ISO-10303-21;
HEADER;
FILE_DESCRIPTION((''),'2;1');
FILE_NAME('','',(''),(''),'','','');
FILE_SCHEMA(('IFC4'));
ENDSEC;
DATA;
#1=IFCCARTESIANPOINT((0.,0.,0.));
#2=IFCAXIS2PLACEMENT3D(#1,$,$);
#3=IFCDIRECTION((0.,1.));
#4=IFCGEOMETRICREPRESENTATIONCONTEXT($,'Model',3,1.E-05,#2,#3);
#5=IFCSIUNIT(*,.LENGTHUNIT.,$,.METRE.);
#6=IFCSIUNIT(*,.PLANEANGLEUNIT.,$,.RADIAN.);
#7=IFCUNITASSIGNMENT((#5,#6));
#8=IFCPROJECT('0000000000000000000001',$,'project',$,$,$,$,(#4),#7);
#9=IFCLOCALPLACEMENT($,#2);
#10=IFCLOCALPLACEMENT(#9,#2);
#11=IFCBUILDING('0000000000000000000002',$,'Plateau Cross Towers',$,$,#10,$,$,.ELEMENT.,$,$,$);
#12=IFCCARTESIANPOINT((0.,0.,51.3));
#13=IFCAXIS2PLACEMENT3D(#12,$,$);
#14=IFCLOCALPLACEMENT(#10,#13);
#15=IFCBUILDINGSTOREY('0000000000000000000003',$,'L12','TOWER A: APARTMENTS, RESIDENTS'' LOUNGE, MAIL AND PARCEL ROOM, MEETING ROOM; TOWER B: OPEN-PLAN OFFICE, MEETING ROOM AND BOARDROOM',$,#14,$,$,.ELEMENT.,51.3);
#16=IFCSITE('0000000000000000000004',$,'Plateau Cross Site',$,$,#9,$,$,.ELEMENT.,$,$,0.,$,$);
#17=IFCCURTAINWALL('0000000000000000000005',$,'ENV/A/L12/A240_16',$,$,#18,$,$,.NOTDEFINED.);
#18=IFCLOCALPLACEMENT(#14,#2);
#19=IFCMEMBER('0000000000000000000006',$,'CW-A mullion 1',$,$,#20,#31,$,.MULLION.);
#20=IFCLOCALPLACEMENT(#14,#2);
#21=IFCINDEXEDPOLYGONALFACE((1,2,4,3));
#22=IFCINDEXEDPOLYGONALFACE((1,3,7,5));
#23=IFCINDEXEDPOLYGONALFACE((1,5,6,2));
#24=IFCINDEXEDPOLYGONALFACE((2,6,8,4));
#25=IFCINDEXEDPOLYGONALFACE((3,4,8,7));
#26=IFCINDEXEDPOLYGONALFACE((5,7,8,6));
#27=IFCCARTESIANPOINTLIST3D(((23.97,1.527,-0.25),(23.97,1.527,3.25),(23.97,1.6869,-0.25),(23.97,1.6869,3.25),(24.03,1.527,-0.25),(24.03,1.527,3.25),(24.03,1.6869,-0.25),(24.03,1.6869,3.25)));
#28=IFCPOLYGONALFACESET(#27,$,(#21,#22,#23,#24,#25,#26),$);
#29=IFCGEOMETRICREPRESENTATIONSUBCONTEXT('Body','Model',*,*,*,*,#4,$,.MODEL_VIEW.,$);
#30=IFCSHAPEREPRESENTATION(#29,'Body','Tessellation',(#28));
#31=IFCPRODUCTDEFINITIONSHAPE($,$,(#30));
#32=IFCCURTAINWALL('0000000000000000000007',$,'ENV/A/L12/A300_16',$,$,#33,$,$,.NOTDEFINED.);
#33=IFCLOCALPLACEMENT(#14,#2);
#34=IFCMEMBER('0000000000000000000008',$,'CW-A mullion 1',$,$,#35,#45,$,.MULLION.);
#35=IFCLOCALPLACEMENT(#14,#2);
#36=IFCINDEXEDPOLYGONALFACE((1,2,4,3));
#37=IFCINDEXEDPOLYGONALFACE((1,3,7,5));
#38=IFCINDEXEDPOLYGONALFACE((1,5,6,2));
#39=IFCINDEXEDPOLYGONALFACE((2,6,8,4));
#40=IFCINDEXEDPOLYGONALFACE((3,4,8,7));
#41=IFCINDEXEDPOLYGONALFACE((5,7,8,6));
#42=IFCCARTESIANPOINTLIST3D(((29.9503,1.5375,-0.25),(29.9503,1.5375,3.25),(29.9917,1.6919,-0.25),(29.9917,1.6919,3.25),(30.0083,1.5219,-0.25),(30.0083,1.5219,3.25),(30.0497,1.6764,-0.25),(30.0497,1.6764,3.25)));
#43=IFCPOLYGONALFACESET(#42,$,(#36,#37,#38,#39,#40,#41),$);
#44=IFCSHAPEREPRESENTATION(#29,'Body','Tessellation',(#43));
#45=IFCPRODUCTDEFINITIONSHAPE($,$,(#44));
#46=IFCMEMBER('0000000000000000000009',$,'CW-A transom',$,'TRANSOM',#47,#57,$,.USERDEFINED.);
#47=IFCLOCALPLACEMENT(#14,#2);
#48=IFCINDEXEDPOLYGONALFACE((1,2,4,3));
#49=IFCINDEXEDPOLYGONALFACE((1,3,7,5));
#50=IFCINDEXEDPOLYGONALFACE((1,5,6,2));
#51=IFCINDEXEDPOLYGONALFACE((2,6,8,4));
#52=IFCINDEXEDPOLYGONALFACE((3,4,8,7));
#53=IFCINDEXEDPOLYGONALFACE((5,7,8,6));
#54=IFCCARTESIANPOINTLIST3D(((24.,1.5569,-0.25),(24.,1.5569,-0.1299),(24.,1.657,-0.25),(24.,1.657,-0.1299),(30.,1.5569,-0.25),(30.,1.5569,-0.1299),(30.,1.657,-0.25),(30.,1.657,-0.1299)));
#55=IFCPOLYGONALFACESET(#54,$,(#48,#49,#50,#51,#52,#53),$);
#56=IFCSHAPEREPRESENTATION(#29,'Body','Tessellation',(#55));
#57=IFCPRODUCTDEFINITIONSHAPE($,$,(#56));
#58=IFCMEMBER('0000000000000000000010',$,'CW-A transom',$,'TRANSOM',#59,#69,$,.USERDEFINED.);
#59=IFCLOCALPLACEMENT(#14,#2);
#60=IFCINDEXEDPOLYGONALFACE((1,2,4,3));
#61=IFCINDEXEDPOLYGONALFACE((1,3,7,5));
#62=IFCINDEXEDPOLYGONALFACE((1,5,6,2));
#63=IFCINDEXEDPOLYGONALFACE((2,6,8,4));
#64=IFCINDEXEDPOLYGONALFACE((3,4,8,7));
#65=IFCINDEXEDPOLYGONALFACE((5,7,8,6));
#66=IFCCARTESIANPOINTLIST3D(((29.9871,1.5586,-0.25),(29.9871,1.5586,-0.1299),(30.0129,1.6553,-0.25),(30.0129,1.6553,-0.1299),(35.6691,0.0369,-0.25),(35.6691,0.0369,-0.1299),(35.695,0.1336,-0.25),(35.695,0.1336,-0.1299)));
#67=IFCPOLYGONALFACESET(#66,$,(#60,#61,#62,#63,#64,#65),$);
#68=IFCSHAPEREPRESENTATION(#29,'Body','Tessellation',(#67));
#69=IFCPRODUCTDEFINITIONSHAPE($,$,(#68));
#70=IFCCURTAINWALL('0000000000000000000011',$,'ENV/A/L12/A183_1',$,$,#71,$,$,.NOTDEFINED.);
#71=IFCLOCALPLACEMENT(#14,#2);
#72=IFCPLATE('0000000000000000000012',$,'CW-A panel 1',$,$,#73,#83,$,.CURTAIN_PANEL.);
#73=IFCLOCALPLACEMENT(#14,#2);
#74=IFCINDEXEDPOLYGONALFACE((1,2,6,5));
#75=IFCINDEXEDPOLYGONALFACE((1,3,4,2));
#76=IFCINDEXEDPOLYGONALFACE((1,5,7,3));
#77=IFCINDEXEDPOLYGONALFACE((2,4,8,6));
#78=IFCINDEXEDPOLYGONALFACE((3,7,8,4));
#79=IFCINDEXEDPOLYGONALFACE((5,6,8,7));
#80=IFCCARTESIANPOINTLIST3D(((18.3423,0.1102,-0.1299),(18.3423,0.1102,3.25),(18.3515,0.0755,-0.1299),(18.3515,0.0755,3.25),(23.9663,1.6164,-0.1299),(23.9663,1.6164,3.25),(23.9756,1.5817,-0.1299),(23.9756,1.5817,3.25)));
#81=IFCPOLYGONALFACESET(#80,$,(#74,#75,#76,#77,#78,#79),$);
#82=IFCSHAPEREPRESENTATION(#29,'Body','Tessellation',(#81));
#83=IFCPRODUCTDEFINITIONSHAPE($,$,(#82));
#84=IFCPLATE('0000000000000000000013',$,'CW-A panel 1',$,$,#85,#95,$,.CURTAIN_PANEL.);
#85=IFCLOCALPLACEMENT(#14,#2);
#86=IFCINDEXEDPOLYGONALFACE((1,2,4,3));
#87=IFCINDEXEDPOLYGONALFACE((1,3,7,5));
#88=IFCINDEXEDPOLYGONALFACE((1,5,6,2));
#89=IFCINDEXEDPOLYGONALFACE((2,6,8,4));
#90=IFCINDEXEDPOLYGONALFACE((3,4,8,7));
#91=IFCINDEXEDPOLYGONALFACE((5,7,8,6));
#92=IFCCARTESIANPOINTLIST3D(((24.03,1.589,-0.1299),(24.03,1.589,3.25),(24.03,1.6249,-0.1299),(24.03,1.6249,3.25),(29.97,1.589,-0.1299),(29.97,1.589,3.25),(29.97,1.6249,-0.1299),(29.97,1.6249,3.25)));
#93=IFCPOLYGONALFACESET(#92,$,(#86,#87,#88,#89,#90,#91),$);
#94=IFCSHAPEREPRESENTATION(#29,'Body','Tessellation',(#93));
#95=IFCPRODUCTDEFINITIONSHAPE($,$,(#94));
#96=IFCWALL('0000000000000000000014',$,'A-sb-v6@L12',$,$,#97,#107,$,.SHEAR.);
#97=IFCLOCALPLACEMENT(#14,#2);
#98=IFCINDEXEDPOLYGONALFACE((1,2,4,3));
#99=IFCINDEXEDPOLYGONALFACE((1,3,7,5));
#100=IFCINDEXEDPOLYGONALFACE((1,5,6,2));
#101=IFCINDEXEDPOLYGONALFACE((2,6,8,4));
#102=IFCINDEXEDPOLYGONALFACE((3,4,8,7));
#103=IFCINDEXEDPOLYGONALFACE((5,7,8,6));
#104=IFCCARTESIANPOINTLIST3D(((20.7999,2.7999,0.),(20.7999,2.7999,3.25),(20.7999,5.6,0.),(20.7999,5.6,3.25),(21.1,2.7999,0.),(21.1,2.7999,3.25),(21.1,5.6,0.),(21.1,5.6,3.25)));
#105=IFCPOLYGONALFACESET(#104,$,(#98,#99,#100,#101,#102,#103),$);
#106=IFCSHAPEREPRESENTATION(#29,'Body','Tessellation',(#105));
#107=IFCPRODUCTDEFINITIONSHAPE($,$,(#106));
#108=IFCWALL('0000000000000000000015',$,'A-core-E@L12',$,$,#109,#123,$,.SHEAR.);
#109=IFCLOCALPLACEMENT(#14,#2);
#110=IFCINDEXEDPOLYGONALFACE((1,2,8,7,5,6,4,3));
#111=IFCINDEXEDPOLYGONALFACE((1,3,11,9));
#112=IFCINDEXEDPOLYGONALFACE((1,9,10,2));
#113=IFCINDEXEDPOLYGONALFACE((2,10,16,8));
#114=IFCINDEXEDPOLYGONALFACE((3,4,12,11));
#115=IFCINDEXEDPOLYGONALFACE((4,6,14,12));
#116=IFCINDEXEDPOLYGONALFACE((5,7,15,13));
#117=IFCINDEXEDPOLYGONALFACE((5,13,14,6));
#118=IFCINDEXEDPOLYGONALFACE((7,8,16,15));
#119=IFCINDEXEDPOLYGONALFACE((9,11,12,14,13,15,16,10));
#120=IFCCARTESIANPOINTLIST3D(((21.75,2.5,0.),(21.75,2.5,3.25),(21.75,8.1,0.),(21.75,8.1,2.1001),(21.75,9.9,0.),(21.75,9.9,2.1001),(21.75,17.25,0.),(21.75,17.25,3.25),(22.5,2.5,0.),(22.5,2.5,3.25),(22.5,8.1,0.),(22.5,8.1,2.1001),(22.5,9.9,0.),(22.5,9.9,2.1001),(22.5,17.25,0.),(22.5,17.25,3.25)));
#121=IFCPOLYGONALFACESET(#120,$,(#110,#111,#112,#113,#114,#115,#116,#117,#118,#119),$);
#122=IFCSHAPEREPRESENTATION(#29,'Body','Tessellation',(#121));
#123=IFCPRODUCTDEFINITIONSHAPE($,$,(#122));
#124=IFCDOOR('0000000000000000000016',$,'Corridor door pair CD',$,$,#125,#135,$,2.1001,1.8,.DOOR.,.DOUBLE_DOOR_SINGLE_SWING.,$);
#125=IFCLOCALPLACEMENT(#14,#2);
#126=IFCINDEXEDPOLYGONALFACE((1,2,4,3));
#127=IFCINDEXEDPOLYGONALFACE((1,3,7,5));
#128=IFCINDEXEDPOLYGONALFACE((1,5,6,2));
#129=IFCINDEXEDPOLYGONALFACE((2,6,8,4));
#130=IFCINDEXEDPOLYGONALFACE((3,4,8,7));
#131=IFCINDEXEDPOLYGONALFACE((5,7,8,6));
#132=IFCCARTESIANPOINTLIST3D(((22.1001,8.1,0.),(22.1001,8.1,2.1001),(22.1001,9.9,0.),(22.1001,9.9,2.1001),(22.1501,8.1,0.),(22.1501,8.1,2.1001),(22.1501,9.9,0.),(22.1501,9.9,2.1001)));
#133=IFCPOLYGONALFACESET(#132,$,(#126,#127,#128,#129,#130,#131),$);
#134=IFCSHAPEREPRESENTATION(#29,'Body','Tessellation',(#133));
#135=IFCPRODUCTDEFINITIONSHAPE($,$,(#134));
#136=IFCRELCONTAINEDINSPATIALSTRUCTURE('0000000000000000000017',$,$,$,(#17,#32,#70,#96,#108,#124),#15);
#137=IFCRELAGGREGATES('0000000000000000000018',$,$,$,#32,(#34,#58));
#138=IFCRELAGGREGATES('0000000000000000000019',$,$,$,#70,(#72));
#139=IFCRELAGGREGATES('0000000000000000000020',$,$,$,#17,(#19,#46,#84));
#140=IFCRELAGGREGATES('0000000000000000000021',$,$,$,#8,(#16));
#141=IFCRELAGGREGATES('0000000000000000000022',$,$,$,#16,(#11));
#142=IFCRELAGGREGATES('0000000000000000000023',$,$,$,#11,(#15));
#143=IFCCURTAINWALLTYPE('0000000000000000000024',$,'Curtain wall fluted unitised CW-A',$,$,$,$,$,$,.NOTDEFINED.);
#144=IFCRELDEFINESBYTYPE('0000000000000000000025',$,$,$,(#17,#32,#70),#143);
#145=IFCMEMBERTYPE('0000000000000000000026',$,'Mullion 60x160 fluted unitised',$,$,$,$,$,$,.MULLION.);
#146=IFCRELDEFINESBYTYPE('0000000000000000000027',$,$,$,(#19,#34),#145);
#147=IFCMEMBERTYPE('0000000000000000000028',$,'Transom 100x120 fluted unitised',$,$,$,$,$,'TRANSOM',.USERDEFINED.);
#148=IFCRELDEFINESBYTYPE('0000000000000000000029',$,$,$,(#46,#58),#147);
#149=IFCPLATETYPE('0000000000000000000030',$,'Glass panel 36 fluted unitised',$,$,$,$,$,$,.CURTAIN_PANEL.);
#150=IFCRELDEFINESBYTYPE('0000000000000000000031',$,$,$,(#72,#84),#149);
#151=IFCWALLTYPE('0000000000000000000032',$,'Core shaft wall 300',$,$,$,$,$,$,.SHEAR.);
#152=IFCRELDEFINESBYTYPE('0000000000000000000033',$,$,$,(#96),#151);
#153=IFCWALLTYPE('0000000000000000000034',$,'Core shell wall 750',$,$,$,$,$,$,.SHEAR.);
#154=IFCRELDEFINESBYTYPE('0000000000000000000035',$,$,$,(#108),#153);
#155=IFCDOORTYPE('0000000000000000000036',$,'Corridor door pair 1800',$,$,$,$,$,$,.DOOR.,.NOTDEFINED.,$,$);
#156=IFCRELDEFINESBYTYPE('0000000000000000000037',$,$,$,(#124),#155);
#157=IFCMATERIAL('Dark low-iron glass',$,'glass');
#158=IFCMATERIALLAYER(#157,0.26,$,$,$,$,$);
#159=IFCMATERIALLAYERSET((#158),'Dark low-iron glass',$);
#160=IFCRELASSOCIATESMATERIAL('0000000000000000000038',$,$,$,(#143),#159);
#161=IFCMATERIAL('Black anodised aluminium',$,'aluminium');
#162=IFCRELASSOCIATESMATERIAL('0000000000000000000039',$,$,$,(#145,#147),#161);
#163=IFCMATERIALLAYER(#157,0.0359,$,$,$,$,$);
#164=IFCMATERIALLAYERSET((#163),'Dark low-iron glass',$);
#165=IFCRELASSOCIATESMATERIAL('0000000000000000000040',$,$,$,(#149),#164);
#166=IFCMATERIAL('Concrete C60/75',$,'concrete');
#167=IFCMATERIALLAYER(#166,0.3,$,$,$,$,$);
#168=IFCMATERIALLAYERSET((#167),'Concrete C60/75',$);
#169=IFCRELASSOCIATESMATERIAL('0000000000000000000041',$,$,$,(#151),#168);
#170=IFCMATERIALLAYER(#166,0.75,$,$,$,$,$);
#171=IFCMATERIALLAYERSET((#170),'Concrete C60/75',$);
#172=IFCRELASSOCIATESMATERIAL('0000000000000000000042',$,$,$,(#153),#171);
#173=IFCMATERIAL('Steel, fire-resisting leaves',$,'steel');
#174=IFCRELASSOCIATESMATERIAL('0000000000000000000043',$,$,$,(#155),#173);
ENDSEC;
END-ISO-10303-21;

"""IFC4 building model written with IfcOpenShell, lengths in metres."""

from ifc_helpers import new_model, si_unit, direction, frame, frame_2d, origin, origin_2d, place, context, subcontext, project, spatial, rectangle, extrude, material, layer, layer_set, material_profile, profile_set, type_object, element, fill, aggregate, save


model = new_model("IFC4")

# Units and contexts
model_context = context("Model", 3, precision=1e-05, world=origin(), true_north=direction((0.0, 1.0)))
body_context = subcontext(model_context, "Body", "Model", "MODEL_VIEW")
ifc_project = project(units=[si_unit("LENGTHUNIT", "METRE"), si_unit("PLANEANGLEUNIT", "RADIAN")], contexts=[model_context])

# Site, building, storey
site_placement = place(None, origin())
site = spatial("IfcSite", under=ifc_project, at=site_placement, Name="Plateau Cross Site", CompositionType="ELEMENT", RefElevation=0.0)
building_placement = place(site_placement, origin())
building = spatial("IfcBuilding", under=site, at=building_placement, Name="Plateau Cross Towers", CompositionType="ELEMENT")
storey_placement = place(building_placement, frame((0.0, 0.0, 51.3)))
storey = spatial("IfcBuildingStorey", under=building, at=storey_placement, Name="L12", Description="TOWER A: APARTMENTS, RESIDENTS' LOUNGE, MAIL AND PARCEL ROOM, MEETING ROOM; TOWER B: OPEN-PLAN OFFICE, MEETING ROOM AND BOARDROOM", CompositionType="ELEMENT", Elevation=51.3)

# Curtain walls, members
ifc_material_1 = material(Name="Dark low-iron glass", Category="glass")
ifc_layer_1 = layer(ifc_material_1, 0.26)
ifc_layer_set_1 = layer_set([ifc_layer_1], Name="Dark low-iron glass")
curtain_wall_type = type_object("IfcCurtainWallType", Name="Curtain wall fluted unitised CW-A", PredefinedType="NOTDEFINED", material=ifc_layer_set_1)
curtain_wall_1_placement = place(storey_placement, origin())
curtain_wall_1 = element("IfcCurtainWall", 1, at=curtain_wall_1_placement, inside=storey, type_object=curtain_wall_type, Name="ENV/A/L12/A240_16", PredefinedType="NOTDEFINED")
ifc_material_2 = material(Name="Black anodised aluminium", Category="aluminium")
ifc_material_profile_1 = material_profile(ifc_material_2, rectangle(XDim=0.0601, YDim=0.1599, at=origin_2d()), Name="MULLION 60x160")
ifc_profile_set_1 = profile_set([ifc_material_profile_1], Name="Black anodised aluminium")
member_type_1 = type_object("IfcMemberType", Name="Mullion 60x160 fluted unitised", PredefinedType="MULLION", material=ifc_profile_set_1)
member_1_placement = place(storey_placement, frame((24.0, 1.6069, -0.25), z_axis=(0.0, 0.0, 1.0), x_axis=(1.0, 0.0, 0.0)))
member_1 = element("IfcMember", 2, at=member_1_placement, type_object=member_type_1, Name="CW-A mullion 1", PredefinedType="MULLION", context=body_context, shape_type="SweptSolid", body=[
    extrude(rectangle(XDim=0.0601, YDim=0.1599, at=origin_2d()), origin(), (0.0, 0.0, 1.0), 3.5),
])
curtain_wall_2_placement = place(storey_placement, origin())
curtain_wall_2 = element("IfcCurtainWall", 3, at=curtain_wall_2_placement, inside=storey, type_object=curtain_wall_type, Name="ENV/A/L12/A300_16", PredefinedType="NOTDEFINED")
member_2_placement = place(storey_placement, frame((30.0, 1.6069, -0.25), z_axis=(0.0, 0.0, 1.0), x_axis=(0.965958, -0.258699, 0.0)))
member_2 = element("IfcMember", 4, at=member_2_placement, type_object=member_type_1, Name="CW-A mullion 1", PredefinedType="MULLION", context=body_context, shape_type="SweptSolid", body=[
    extrude(rectangle(XDim=0.0601, YDim=0.1599, at=origin_2d()), origin(), (0.0, 0.0, 1.0), 3.5),
])

# Members
ifc_material_profile_2 = material_profile(ifc_material_2, rectangle(XDim=0.1001, YDim=0.1201, at=origin_2d()), Name="TRANSOM 100x120")
ifc_profile_set_2 = profile_set([ifc_material_profile_2], Name="Black anodised aluminium")
member_type_2 = type_object("IfcMemberType", Name="Transom 100x120 fluted unitised", ElementType="TRANSOM", PredefinedType="USERDEFINED", material=ifc_profile_set_2)
member_3_placement = place(storey_placement, frame((24.0, 1.6069, -0.1899), z_axis=(1.0, 0.0, 0.0), x_axis=(0.0, 1.0, 0.0)))
member_3 = element("IfcMember", 5, at=member_3_placement, type_object=member_type_2, Name="CW-A transom", ObjectType="TRANSOM", PredefinedType="USERDEFINED", context=body_context, shape_type="SweptSolid", body=[
    extrude(rectangle(XDim=0.1001, YDim=0.1201, at=origin_2d()), origin(), (0.0, 0.0, 1.0), 6.0),
])
member_4_placement = place(storey_placement, frame((30.0, 1.6069, -0.1899), z_axis=(0.96596, -0.258693, 0.0), x_axis=(0.258693, 0.96596, 0.0)))
member_4 = element("IfcMember", 6, at=member_4_placement, type_object=member_type_2, Name="CW-A transom", ObjectType="TRANSOM", PredefinedType="USERDEFINED", context=body_context, shape_type="SweptSolid", body=[
    extrude(rectangle(XDim=0.1001, YDim=0.1201, at=origin_2d()), origin(), (0.0, 0.0, 1.0), 5.8823),
])
aggregate(curtain_wall_2, [member_2, member_4])

# Curtain wall, plate
curtain_wall_3_placement = place(storey_placement, origin())
curtain_wall_3 = element("IfcCurtainWall", 7, at=curtain_wall_3_placement, inside=storey, type_object=curtain_wall_type, Name="ENV/A/L12/A183_1", PredefinedType="NOTDEFINED")
ifc_layer_2 = layer(ifc_material_1, 0.0359)
ifc_layer_set_2 = layer_set([ifc_layer_2], Name="Dark low-iron glass")
plate_type = type_object("IfcPlateType", Name="Glass panel 36 fluted unitised", PredefinedType="CURTAIN_PANEL", material=ifc_layer_set_2)
plate_1_placement = place(storey_placement, frame((21.1589, 0.8459, -0.1299), z_axis=(0.0, 0.0, 1.0), x_axis=(0.965958, 0.258699, 0.0)))
plate_1 = element("IfcPlate", 8, at=plate_1_placement, type_object=plate_type, Name="CW-A panel 1", PredefinedType="CURTAIN_PANEL", context=body_context, shape_type="SweptSolid", body=[
    extrude(rectangle(XDim=5.8223, YDim=0.0359, at=origin_2d()), origin(), (0.0, 0.0, 1.0), 3.3799),
])
aggregate(curtain_wall_3, [plate_1])

# Plate
plate_2_placement = place(storey_placement, frame((27.0, 1.6069, -0.1299), z_axis=(0.0, 0.0, 1.0), x_axis=(1.0, 0.0, 0.0)))
plate_2 = element("IfcPlate", 9, at=plate_2_placement, type_object=plate_type, Name="CW-A panel 1", PredefinedType="CURTAIN_PANEL", context=body_context, shape_type="SweptSolid", body=[
    extrude(rectangle(XDim=5.9399, YDim=0.0359, at=origin_2d()), origin(), (0.0, 0.0, 1.0), 3.3799),
])
aggregate(curtain_wall_1, [member_1, member_3, plate_2])

# Wall
ifc_material_3 = material(Name="Concrete C60/75", Category="concrete")
ifc_layer_3 = layer(ifc_material_3, 0.3)
ifc_layer_set_3 = layer_set([ifc_layer_3], Name="Concrete C60/75")
wall_type_1 = type_object("IfcWallType", Name="Core shaft wall 300", PredefinedType="SHEAR", material=ifc_layer_set_3)
wall_1_placement = place(storey_placement, frame((20.95, 2.8, 0.0), z_axis=(0.0, 0.0, 1.0), x_axis=(0.0, 1.0, 0.0)))
element("IfcWall", 10, at=wall_1_placement, inside=storey, type_object=wall_type_1, Name="A-sb-v6@L12", PredefinedType="SHEAR", context=body_context, shape_type="SweptSolid", body=[
    extrude(rectangle(XDim=2.8, YDim=0.3, at=frame_2d((1.3999, 0.0))), origin(), (0.0, 0.0, 1.0), 3.25),
])

# Wall, opening, door
ifc_layer_4 = layer(ifc_material_3, 0.75)
ifc_layer_set_4 = layer_set([ifc_layer_4], Name="Concrete C60/75")
wall_type_2 = type_object("IfcWallType", Name="Core shell wall 750", PredefinedType="SHEAR", material=ifc_layer_set_4)
wall_2_placement = place(storey_placement, frame((22.125, 2.5, 0.0), z_axis=(0.0, 0.0, 1.0), x_axis=(0.0, 1.0, 0.0)))
wall_2 = element("IfcWall", 11, at=wall_2_placement, inside=storey, type_object=wall_type_2, Name="A-core-E@L12", PredefinedType="SHEAR", context=body_context, shape_type="SweptSolid", body=[
    extrude(rectangle(XDim=14.75, YDim=0.75, at=frame_2d((7.375, 0.0))), origin(), (0.0, 0.0, 1.0), 3.25),
])
opening_1_placement = place(wall_2_placement, frame((5.6001, 0.0, 0.0)))
opening_1 = element("IfcOpeningElement", 12, at=opening_1_placement, cuts=wall_2, PredefinedType="OPENING", context=body_context, shape_type="SweptSolid", body=[
    extrude(rectangle(XDim=1.8, YDim=2.1001, at=frame_2d((0.8999, 1.05))), frame((0.0, 0.385, 0.0), z_axis=(0.0, -1.0, 0.0), x_axis=(1.0, 0.0, 0.0)), (0.0, 0.0, 1.0), 0.77),
])
ifc_material_4 = material(Name="Steel, fire-resisting leaves", Category="steel")
door_type_1 = type_object("IfcDoorType", Name="Corridor door pair 1800", OperationType="NOTDEFINED", PredefinedType="DOOR", material=ifc_material_4)
door_1_placement = place(opening_1_placement, origin())
door_1 = element("IfcDoor", 13, at=door_1_placement, inside=storey, type_object=door_type_1, Name="Corridor door pair CD", OperationType="DOUBLE_DOOR_SINGLE_SWING", OverallHeight=2.1001, OverallWidth=1.8, PredefinedType="DOOR", context=body_context, shape_type="SweptSolid", body=[
    extrude(rectangle(XDim=1.8, YDim=2.1001, at=frame_2d((0.8999, 1.05))), frame((0.0, 0.0249, 0.0), z_axis=(0.0, -1.0, 0.0), x_axis=(1.0, 0.0, 0.0)), (0.0, 0.0, 1.0), 0.05),
])
fill(opening_1, door_1)

save(model, "model.ifc")
